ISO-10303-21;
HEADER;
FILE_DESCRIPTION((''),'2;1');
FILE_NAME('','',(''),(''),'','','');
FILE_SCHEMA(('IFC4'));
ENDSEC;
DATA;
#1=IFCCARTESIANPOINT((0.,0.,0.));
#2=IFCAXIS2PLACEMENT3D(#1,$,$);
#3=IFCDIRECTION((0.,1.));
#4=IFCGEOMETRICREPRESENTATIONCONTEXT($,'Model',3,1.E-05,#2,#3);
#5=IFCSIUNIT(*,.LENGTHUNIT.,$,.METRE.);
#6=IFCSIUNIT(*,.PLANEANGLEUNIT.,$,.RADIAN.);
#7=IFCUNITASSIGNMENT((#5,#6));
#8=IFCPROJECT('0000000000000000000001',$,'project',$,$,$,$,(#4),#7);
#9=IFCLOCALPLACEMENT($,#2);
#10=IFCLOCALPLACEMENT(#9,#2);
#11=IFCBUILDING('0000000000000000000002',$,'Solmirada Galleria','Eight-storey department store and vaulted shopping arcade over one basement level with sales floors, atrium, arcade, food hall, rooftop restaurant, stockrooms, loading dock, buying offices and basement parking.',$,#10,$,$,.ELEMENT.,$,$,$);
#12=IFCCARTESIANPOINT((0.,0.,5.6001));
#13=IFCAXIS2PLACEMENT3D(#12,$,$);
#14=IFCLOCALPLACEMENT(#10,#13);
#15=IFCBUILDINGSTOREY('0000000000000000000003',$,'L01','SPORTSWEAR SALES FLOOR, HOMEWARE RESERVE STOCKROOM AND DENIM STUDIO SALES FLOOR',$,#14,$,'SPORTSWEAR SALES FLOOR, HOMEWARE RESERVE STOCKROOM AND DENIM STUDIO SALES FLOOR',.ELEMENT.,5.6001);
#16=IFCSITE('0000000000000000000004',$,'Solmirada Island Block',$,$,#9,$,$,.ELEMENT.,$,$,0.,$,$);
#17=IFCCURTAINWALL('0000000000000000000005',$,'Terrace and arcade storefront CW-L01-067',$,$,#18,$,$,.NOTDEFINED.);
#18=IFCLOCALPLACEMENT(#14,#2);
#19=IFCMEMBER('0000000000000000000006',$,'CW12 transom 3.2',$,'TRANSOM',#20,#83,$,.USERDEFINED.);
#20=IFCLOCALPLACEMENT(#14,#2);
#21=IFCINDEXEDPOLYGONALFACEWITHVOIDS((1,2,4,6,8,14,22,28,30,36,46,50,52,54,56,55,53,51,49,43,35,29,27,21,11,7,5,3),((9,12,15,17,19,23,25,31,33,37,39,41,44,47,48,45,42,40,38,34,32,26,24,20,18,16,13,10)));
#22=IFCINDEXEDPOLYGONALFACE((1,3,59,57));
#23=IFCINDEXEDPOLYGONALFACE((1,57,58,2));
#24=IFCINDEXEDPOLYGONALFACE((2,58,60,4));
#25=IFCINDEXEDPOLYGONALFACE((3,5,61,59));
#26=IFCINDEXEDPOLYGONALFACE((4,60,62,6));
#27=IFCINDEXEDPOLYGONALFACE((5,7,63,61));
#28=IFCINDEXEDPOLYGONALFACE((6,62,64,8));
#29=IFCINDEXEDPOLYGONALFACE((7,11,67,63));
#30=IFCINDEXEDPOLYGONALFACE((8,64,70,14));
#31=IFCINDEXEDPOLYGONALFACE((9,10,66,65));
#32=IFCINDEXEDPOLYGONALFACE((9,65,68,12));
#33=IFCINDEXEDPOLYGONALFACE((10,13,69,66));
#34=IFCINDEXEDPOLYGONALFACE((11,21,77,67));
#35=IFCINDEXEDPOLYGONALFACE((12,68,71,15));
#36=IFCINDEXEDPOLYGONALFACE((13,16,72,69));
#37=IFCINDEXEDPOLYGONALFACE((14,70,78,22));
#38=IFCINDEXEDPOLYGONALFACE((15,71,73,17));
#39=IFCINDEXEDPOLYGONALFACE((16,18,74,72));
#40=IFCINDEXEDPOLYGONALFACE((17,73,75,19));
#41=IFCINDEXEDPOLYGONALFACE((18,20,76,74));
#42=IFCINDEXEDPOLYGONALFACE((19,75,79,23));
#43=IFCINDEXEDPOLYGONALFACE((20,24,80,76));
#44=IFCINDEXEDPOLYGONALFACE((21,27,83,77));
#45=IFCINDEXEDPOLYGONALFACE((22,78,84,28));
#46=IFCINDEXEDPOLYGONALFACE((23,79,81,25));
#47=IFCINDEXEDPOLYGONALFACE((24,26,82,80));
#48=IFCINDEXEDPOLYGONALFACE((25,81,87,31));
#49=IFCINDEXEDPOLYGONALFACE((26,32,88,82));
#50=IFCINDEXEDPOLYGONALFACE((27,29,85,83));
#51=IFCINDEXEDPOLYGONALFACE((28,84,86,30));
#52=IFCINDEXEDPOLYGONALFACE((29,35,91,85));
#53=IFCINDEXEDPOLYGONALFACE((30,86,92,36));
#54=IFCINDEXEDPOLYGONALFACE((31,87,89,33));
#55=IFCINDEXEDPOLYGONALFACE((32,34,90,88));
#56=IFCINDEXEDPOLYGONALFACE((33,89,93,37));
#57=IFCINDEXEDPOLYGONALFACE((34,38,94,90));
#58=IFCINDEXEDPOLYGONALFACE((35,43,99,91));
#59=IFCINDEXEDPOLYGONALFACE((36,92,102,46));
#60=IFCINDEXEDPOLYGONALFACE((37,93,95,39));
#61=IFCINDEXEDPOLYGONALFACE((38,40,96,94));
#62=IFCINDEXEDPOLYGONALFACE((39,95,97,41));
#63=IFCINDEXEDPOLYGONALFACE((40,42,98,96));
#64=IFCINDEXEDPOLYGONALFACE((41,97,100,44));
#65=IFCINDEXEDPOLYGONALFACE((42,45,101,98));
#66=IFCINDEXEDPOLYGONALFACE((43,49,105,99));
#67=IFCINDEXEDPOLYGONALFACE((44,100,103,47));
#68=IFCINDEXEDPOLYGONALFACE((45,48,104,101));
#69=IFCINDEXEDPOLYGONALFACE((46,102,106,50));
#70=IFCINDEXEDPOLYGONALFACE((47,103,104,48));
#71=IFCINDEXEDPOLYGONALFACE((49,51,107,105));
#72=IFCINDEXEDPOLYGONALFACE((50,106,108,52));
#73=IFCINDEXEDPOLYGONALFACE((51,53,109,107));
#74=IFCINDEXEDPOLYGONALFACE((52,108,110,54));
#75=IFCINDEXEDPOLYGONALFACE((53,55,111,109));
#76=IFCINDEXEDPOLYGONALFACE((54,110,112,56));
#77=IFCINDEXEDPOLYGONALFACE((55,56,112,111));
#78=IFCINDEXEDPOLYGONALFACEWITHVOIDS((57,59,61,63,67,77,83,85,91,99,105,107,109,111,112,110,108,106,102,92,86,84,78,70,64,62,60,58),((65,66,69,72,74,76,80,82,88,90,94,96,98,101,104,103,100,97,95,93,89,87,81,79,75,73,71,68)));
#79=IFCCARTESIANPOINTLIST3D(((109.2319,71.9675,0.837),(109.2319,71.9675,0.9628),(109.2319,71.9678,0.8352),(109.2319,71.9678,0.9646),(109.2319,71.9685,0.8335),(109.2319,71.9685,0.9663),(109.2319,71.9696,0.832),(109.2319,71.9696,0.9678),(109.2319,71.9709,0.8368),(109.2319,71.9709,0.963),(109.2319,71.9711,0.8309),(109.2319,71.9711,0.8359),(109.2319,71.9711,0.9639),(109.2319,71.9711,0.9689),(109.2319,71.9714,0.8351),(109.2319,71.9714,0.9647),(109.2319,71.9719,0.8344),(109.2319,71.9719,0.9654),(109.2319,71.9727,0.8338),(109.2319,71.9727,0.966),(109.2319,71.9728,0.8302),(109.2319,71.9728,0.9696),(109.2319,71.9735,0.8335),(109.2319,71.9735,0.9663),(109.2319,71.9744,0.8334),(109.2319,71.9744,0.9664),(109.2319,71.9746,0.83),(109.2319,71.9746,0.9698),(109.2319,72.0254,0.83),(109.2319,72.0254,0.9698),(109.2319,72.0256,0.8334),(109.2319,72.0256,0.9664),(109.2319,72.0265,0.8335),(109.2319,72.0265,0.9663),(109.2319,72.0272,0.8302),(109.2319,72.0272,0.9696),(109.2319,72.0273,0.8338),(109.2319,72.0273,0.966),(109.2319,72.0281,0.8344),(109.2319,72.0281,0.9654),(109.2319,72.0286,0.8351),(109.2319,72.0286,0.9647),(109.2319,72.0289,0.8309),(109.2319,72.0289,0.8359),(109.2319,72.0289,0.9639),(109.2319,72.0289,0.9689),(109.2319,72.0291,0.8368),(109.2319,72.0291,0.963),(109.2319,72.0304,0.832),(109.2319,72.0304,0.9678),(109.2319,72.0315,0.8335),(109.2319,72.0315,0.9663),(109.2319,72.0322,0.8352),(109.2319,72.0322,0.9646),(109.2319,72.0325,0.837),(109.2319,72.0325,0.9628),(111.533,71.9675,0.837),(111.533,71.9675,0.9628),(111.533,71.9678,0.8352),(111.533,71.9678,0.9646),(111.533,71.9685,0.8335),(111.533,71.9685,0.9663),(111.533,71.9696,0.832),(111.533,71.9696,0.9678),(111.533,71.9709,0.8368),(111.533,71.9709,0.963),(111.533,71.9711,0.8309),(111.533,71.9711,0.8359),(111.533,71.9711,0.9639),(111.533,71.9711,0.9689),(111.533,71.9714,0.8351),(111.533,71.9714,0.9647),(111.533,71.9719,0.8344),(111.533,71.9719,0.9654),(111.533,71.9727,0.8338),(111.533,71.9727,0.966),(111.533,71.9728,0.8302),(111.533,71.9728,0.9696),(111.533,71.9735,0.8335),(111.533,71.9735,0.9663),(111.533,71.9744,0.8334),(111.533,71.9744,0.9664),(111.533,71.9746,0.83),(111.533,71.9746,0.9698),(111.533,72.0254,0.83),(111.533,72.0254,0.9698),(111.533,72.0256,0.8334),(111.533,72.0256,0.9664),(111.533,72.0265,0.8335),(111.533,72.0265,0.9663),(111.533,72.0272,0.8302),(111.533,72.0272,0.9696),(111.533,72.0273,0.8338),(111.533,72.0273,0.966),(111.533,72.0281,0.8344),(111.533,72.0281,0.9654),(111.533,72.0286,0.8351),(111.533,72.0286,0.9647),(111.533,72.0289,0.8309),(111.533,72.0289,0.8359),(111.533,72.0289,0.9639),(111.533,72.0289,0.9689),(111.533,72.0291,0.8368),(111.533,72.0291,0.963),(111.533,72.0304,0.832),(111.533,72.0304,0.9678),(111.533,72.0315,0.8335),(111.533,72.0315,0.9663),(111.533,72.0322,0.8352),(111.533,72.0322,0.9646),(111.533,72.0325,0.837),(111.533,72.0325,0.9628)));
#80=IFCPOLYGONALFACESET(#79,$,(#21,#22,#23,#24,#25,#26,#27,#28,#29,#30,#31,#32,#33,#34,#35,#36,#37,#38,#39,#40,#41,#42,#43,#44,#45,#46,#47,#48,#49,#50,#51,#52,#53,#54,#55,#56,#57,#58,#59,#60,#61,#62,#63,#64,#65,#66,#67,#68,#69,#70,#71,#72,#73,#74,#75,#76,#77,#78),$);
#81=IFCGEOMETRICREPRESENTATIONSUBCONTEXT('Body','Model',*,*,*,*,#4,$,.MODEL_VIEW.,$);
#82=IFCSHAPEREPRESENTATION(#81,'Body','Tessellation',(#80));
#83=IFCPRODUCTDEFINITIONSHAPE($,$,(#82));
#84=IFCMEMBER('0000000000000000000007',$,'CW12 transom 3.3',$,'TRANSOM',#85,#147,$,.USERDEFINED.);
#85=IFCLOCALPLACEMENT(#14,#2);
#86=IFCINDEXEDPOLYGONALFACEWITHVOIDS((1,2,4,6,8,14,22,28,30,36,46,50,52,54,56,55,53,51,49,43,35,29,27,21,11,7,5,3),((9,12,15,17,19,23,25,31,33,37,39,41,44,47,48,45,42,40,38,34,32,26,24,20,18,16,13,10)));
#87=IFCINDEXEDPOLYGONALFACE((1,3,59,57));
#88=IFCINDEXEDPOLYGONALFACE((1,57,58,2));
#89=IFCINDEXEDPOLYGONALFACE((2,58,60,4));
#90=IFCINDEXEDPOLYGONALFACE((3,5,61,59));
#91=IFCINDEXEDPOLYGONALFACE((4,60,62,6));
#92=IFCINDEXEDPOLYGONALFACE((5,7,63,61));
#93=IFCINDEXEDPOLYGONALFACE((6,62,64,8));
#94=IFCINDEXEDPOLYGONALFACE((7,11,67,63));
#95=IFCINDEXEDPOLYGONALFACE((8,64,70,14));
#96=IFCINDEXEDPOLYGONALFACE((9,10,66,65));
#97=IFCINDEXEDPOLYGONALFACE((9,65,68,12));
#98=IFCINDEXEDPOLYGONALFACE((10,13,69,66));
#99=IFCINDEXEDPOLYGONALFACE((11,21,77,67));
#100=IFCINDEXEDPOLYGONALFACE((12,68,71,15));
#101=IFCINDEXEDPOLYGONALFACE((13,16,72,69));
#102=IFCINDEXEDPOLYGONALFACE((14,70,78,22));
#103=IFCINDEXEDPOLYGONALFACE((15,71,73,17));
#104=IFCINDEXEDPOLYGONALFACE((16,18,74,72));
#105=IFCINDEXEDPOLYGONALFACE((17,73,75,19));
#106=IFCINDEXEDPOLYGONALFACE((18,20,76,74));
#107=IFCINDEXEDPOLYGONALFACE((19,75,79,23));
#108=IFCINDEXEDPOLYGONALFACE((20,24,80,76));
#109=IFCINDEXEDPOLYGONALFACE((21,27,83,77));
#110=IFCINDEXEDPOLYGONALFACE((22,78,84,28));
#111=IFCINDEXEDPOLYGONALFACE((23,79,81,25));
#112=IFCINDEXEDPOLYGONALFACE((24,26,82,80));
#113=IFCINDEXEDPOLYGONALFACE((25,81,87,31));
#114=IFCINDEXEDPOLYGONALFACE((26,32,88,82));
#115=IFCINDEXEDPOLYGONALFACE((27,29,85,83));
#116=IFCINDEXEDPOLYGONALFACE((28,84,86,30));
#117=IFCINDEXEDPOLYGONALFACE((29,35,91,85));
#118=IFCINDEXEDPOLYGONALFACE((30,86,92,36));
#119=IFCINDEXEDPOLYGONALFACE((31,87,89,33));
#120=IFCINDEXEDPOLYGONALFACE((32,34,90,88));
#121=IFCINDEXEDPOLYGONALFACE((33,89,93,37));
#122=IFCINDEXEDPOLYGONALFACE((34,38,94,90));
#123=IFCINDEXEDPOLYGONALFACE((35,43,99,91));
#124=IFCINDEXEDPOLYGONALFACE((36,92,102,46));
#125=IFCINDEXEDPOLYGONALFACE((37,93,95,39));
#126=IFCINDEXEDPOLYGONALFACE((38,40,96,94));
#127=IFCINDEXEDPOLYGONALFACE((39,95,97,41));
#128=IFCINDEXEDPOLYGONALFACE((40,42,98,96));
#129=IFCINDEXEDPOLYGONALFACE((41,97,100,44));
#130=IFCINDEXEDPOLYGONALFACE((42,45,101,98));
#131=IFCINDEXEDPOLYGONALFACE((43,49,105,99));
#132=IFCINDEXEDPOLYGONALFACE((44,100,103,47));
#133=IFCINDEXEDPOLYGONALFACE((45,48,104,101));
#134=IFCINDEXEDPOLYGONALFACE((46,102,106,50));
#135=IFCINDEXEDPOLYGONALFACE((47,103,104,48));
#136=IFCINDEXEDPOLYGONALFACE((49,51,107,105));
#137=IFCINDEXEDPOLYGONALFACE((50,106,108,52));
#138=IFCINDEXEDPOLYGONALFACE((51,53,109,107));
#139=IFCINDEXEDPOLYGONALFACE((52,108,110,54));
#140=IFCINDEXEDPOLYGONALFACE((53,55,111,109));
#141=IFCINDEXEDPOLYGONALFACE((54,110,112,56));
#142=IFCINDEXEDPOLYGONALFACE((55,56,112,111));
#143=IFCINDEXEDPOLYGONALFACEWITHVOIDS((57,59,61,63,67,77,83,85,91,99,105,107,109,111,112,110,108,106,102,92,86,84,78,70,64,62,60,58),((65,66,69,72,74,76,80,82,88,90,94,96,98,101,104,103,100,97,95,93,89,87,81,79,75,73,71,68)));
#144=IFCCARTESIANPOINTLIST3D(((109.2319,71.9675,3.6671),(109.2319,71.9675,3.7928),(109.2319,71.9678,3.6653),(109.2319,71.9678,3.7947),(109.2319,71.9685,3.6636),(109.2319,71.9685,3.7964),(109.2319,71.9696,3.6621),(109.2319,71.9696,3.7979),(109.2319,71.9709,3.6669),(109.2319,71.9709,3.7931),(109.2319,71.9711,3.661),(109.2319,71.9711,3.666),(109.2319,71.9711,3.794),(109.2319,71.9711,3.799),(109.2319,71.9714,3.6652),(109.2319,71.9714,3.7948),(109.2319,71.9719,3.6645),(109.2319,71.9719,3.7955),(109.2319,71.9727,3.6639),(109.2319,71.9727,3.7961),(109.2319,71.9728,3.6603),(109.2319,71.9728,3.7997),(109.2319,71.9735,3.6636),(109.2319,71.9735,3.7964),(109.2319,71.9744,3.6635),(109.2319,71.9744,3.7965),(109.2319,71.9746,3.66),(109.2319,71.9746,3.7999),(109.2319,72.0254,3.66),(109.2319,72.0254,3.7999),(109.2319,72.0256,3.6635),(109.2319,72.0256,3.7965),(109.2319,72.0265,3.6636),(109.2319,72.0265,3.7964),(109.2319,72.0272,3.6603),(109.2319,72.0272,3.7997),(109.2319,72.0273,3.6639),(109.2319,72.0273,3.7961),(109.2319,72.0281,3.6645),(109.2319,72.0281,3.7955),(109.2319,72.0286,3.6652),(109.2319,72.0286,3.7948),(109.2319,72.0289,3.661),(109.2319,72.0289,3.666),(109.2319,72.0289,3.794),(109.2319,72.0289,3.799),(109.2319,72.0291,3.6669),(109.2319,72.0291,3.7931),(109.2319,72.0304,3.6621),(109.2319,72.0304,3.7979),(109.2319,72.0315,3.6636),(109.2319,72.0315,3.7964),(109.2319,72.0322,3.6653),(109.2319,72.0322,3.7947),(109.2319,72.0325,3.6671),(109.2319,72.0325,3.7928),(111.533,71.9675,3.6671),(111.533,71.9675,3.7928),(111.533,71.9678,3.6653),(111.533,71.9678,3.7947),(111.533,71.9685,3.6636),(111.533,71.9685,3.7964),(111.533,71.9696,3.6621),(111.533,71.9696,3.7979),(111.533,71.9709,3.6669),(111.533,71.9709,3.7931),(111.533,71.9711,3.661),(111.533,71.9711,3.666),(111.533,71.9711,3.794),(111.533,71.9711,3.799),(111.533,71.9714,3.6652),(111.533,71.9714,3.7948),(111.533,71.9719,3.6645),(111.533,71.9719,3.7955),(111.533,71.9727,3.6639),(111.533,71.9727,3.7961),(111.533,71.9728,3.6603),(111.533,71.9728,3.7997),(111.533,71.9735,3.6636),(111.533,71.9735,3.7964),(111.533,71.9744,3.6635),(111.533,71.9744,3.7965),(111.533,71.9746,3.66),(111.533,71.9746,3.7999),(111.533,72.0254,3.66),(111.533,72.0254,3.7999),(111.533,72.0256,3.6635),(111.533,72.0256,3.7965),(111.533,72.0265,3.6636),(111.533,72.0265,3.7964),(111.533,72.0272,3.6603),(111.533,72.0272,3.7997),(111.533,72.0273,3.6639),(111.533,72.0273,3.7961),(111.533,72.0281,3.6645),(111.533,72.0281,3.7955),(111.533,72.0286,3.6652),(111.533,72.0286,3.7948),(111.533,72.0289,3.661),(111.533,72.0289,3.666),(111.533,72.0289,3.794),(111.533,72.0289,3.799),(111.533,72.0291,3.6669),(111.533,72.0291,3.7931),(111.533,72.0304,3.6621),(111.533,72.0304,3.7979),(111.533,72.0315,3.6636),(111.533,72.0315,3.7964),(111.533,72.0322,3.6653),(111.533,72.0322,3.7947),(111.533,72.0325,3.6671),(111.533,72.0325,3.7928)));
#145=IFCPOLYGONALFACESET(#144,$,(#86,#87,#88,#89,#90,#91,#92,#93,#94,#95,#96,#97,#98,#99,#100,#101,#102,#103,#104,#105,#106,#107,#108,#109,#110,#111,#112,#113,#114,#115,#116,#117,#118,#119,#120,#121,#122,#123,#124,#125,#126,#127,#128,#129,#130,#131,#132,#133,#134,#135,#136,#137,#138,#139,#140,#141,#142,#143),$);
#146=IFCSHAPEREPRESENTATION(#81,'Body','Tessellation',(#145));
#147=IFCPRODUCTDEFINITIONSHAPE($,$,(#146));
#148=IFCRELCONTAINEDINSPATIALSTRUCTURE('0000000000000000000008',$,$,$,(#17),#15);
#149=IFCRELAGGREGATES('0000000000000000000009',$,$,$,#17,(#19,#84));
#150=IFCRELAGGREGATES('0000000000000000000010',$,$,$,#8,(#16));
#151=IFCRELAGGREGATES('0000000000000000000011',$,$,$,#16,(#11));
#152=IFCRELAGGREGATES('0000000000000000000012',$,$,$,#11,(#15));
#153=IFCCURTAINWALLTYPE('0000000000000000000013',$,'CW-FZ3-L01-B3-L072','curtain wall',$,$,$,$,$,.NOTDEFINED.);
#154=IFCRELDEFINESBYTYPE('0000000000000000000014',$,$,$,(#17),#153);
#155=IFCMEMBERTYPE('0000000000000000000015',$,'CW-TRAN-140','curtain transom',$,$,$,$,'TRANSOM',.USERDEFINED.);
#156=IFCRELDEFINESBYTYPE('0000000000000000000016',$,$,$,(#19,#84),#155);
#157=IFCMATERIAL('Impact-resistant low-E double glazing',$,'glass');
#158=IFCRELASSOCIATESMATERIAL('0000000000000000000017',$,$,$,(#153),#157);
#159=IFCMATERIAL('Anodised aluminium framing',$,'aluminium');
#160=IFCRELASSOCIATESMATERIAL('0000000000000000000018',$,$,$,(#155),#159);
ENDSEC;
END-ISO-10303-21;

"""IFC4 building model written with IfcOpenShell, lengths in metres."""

from ifc_helpers import new_model, si_unit, direction, frame, origin, origin_2d, place, context, subcontext, project, spatial, hollow_rectangle, extrude, material, material_profile, profile_set, type_object, element, aggregate, save


model = new_model("IFC4")

# Units and contexts
model_context = context("Model", 3, precision=1e-05, world=origin(), true_north=direction((0.0, 1.0)))
body_context = subcontext(model_context, "Body", "Model", "MODEL_VIEW")
ifc_project = project(units=[si_unit("LENGTHUNIT", "METRE"), si_unit("PLANEANGLEUNIT", "RADIAN")], contexts=[model_context])

# Site, building, storey
site_placement = place(None, origin())
site = spatial("IfcSite", under=ifc_project, at=site_placement, Name="Solmirada Island Block", CompositionType="ELEMENT", RefElevation=0.0)
building_placement = place(site_placement, origin())
building = spatial("IfcBuilding", under=site, at=building_placement, Name="Solmirada Galleria", Description="Eight-storey department store and vaulted shopping arcade over one basement level with sales floors, atrium, arcade, food hall, rooftop restaurant, stockrooms, loading dock, buying offices and basement parking.", CompositionType="ELEMENT")
storey_placement = place(building_placement, frame((0.0, 0.0, 5.6001)))
storey = spatial("IfcBuildingStorey", under=building, at=storey_placement, Name="L01", Description="SPORTSWEAR SALES FLOOR, HOMEWARE RESERVE STOCKROOM AND DENIM STUDIO SALES FLOOR", LongName="SPORTSWEAR SALES FLOOR, HOMEWARE RESERVE STOCKROOM AND DENIM STUDIO SALES FLOOR", CompositionType="ELEMENT", Elevation=5.6001)

# Curtain wall, members
ifc_material_1 = material(Name="Impact-resistant low-E double glazing", Category="glass")
curtain_wall_type = type_object("IfcCurtainWallType", Name="CW-FZ3-L01-B3-L072", Description="curtain wall", PredefinedType="NOTDEFINED", material=ifc_material_1)
curtain_wall_1_placement = place(storey_placement, origin())
curtain_wall_1 = element("IfcCurtainWall", 1, at=curtain_wall_1_placement, inside=storey, type_object=curtain_wall_type, Name="Terrace and arcade storefront CW-L01-067", PredefinedType="NOTDEFINED")
ifc_material_2 = material(Name="Anodised aluminium framing", Category="aluminium")
ifc_material_profile_1 = material_profile(ifc_material_2, hollow_rectangle(XDim=0.0649, YDim=0.1399, WallThickness=0.0034, InnerFilletRadius=0.0034, OuterFilletRadius=0.0071, at=origin_2d()), Name="ALU-TRAN-140X65")
ifc_profile_set_1 = profile_set([ifc_material_profile_1], Name="Anodised aluminium framing")
member_type_1 = type_object("IfcMemberType", Name="CW-TRAN-140", Description="curtain transom", ElementType="TRANSOM", PredefinedType="USERDEFINED", material=ifc_profile_set_1)
member_1_placement = place(storey_placement, frame((109.2319, 72.0, 0.8999), z_axis=(1.0, 0.0, 0.0), x_axis=(0.0, 1.0, 0.0)))
member_1 = element("IfcMember", 2, at=member_1_placement, type_object=member_type_1, Name="CW12 transom 3.2", ObjectType="TRANSOM", PredefinedType="USERDEFINED", context=body_context, shape_type="SweptSolid", body=[
    extrude(hollow_rectangle(XDim=0.0649, YDim=0.1399, WallThickness=0.0034, InnerFilletRadius=0.0034, OuterFilletRadius=0.0071, at=origin_2d()), origin(), (0.0, 0.0, 1.0), 2.301),
])
member_2_placement = place(storey_placement, frame((109.2319, 72.0, 3.73), z_axis=(1.0, 0.0, 0.0), x_axis=(0.0, 1.0, 0.0)))
member_2 = element("IfcMember", 3, at=member_2_placement, type_object=member_type_1, Name="CW12 transom 3.3", ObjectType="TRANSOM", PredefinedType="USERDEFINED", context=body_context, shape_type="SweptSolid", body=[
    extrude(hollow_rectangle(XDim=0.0649, YDim=0.1399, WallThickness=0.0034, InnerFilletRadius=0.0034, OuterFilletRadius=0.0071, at=origin_2d()), origin(), (0.0, 0.0, 1.0), 2.301),
])

aggregate(curtain_wall_1, [member_1, member_2])

save(model, "model.ifc")
